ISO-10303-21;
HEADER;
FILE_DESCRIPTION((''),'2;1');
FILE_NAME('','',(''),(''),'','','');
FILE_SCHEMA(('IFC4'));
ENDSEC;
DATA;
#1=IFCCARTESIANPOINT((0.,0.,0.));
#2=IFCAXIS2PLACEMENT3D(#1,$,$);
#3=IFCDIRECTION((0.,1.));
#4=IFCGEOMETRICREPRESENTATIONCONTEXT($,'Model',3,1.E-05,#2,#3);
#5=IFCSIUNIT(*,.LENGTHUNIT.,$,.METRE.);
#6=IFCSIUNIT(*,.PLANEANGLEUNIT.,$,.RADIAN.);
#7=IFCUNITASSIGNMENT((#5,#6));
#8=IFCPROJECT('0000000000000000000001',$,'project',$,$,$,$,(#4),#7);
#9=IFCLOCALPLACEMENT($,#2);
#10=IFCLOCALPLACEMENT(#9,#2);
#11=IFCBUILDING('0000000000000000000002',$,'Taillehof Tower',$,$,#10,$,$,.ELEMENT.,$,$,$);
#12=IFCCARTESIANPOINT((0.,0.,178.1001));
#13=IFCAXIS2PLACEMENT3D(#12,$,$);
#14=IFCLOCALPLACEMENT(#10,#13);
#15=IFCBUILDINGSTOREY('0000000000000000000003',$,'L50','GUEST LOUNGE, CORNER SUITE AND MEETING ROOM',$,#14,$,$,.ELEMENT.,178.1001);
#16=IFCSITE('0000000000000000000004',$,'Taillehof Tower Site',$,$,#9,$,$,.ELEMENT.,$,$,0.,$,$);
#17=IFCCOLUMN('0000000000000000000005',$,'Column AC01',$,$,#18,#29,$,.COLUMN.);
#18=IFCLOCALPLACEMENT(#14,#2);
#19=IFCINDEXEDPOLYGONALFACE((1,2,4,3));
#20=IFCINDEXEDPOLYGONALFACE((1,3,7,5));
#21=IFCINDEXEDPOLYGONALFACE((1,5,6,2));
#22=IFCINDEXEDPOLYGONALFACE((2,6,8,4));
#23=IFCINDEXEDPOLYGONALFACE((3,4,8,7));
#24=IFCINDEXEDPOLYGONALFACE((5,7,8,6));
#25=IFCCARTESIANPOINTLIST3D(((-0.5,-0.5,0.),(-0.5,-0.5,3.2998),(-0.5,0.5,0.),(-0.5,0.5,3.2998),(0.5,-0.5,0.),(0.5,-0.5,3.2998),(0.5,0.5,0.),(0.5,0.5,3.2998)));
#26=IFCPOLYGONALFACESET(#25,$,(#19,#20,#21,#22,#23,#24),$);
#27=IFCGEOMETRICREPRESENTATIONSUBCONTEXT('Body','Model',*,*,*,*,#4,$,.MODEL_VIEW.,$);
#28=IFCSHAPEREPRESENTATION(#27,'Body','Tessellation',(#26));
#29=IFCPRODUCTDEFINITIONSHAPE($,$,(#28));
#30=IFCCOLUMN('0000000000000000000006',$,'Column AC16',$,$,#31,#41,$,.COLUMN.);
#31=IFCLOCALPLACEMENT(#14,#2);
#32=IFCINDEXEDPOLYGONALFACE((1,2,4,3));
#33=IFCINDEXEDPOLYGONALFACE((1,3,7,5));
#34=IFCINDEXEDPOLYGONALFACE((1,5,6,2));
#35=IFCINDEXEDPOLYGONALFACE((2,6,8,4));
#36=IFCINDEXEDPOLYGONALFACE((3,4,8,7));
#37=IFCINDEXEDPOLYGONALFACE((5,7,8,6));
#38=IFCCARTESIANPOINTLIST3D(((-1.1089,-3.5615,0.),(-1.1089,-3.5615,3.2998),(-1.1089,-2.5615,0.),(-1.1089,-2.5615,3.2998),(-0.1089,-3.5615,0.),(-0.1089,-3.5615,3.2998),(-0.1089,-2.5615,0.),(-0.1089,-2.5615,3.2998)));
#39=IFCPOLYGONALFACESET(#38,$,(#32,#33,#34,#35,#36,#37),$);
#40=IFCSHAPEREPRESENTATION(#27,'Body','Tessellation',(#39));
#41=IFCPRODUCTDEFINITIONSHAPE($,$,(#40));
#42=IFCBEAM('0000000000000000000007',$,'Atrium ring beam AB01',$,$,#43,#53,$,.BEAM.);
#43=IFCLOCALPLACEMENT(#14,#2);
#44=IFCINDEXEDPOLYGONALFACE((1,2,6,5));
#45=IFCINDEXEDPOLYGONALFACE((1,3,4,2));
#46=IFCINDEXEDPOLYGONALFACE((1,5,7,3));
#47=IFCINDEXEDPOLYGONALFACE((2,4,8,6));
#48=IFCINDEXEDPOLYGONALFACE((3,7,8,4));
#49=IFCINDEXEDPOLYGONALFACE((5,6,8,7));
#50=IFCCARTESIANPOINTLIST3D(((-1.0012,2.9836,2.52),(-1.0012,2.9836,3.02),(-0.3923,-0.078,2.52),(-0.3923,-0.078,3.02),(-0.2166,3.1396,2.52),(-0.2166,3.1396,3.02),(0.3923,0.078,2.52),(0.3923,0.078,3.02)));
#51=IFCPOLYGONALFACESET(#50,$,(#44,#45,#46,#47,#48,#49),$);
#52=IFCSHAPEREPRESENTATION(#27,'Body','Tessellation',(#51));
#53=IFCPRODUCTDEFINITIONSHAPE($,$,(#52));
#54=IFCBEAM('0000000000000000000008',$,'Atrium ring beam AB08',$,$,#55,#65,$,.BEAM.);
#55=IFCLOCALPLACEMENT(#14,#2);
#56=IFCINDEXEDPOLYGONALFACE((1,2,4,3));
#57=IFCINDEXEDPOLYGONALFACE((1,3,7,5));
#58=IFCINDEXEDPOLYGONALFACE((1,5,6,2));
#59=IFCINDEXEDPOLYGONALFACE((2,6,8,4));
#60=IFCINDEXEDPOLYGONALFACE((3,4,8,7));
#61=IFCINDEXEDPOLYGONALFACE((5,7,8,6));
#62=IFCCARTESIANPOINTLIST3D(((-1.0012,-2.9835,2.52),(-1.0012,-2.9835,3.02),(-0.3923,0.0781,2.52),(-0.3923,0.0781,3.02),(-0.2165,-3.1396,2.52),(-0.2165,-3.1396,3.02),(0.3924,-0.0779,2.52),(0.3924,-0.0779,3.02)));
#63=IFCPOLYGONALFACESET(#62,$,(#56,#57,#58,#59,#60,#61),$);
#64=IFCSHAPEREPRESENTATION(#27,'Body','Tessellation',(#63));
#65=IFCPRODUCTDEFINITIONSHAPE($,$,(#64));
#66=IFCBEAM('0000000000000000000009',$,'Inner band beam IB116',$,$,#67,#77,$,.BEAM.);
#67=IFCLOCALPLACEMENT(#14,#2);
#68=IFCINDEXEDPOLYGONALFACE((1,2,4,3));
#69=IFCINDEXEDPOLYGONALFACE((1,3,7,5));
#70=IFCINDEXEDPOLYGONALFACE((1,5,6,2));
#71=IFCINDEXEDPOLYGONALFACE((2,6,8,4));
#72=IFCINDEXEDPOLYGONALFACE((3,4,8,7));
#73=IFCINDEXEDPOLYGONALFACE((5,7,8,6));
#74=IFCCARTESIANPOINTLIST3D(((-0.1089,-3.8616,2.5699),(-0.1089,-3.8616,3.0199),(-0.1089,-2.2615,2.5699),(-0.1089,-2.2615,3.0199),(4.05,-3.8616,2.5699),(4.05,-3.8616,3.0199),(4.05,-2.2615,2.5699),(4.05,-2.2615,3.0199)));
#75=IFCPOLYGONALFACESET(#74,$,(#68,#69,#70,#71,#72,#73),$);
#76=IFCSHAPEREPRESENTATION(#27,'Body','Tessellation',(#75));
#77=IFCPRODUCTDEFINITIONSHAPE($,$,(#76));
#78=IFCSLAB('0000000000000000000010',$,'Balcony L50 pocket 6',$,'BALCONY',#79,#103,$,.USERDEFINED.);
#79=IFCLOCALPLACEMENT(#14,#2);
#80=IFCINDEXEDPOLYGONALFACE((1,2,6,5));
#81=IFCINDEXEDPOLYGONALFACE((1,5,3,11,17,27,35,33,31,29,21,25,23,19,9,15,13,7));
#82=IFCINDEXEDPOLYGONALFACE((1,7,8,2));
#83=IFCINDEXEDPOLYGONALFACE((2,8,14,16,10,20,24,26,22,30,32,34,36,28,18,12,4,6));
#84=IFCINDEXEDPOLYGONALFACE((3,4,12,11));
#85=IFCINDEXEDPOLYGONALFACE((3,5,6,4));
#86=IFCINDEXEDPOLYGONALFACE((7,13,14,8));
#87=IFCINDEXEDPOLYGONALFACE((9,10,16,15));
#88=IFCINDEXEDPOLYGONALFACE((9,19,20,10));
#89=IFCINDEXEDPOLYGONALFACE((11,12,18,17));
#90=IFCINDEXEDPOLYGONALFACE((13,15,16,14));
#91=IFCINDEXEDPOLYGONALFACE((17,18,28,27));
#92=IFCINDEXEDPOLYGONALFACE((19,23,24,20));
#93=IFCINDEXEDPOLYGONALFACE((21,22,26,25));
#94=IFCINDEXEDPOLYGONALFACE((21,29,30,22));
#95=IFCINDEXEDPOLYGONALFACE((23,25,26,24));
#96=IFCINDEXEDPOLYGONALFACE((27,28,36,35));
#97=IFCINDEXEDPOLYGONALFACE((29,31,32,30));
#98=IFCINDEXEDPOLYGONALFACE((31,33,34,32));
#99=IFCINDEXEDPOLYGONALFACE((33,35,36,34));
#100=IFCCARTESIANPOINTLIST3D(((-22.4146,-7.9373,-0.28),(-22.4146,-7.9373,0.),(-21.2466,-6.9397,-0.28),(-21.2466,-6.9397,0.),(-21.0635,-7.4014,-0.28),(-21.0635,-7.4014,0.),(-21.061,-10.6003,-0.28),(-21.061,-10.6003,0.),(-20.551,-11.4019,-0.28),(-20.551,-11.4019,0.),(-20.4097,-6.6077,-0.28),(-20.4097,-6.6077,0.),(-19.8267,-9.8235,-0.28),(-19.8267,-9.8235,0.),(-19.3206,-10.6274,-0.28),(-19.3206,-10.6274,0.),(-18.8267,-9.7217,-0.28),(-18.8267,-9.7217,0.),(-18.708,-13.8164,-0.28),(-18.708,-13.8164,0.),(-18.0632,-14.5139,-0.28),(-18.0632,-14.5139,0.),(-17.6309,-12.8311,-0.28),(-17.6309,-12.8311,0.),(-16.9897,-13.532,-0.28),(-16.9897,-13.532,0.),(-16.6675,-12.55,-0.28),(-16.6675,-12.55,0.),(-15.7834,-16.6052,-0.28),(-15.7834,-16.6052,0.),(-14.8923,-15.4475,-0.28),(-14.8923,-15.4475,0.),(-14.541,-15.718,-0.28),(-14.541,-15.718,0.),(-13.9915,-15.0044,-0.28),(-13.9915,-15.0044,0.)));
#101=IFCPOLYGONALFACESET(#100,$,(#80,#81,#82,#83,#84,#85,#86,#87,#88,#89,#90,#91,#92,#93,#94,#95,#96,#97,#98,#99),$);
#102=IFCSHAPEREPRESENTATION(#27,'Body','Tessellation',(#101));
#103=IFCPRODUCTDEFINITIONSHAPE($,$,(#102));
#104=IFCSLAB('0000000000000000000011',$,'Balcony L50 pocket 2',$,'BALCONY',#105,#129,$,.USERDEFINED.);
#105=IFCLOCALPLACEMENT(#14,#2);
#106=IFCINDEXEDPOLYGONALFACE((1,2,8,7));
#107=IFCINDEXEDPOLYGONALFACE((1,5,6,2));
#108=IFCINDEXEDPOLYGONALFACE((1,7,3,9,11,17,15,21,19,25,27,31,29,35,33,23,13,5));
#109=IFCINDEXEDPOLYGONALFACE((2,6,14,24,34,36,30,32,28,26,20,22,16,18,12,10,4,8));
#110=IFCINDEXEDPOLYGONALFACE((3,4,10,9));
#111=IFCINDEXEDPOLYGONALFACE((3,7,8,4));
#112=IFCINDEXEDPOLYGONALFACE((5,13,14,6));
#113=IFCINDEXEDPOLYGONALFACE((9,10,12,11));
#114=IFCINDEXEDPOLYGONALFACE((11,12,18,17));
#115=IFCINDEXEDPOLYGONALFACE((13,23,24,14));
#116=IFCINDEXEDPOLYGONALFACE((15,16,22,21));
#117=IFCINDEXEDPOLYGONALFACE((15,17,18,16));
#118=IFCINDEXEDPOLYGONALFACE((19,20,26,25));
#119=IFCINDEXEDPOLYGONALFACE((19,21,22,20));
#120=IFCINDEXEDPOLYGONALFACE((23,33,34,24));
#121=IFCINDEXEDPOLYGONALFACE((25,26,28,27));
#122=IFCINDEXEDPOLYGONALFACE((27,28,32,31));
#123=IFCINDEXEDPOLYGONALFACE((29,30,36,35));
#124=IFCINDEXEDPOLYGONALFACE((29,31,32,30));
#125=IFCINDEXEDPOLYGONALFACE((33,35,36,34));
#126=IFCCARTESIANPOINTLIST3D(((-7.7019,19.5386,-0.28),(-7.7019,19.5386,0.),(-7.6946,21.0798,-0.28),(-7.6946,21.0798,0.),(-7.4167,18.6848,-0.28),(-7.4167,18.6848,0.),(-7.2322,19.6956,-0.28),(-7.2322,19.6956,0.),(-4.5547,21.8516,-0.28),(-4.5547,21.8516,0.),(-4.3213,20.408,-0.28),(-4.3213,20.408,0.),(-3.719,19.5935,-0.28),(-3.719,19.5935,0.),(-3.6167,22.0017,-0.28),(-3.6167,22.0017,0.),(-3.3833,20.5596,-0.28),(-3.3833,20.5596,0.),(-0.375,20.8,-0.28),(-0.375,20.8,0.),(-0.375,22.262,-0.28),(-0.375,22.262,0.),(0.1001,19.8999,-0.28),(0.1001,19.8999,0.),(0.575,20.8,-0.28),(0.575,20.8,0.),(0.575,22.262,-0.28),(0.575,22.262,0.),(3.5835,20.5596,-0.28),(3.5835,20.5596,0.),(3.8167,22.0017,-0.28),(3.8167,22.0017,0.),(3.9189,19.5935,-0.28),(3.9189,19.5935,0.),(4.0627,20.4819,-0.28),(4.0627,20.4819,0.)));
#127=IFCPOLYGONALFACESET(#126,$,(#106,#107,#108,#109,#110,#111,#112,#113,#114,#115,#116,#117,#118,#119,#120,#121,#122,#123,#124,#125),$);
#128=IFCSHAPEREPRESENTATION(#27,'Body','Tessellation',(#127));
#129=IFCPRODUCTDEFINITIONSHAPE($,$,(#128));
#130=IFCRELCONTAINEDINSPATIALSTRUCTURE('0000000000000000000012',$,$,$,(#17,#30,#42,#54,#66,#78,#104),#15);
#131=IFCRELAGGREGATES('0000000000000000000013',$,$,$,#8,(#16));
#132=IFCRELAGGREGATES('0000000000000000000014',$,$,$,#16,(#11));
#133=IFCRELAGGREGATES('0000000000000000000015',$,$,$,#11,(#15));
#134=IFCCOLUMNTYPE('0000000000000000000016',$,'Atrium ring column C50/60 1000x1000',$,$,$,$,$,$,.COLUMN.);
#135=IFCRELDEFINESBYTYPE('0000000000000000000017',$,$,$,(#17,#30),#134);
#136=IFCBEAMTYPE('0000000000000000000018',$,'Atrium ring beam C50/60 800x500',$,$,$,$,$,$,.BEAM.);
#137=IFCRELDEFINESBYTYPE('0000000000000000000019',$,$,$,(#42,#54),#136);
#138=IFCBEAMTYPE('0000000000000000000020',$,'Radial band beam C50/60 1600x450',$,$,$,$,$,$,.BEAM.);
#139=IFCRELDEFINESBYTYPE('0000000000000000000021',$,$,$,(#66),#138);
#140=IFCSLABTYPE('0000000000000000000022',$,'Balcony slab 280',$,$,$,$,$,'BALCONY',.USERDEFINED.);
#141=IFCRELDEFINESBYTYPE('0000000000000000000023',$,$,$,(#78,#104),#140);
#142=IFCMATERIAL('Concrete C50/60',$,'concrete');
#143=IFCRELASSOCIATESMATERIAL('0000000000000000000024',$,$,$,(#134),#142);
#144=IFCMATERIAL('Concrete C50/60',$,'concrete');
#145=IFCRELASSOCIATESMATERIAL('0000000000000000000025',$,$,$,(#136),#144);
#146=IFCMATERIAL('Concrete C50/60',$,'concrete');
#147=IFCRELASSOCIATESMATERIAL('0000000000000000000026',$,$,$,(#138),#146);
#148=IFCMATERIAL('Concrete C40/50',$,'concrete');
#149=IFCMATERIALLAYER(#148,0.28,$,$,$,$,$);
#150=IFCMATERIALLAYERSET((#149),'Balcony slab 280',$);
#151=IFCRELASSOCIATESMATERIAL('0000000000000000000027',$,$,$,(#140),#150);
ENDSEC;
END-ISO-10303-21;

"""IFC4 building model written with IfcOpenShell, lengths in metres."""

from ifc_helpers import new_model, si_unit, direction, frame, origin, origin_2d, place, context, subcontext, project, spatial, polyline, rectangle, outline, extrude, material, layer, layer_set, material_profile, profile_set, type_object, element, save


model = new_model("IFC4")

# Units and contexts
model_context = context("Model", 3, precision=1e-05, world=origin(), true_north=direction((0.0, 1.0)))
body_context = subcontext(model_context, "Body", "Model", "MODEL_VIEW")
ifc_project = project(units=[si_unit("LENGTHUNIT", "METRE"), si_unit("PLANEANGLEUNIT", "RADIAN")], contexts=[model_context])

# Site, building, storey
site_placement = place(None, origin())
site = spatial("IfcSite", under=ifc_project, at=site_placement, Name="Taillehof Tower Site", CompositionType="ELEMENT", RefElevation=0.0)
building_placement = place(site_placement, origin())
building = spatial("IfcBuilding", under=site, at=building_placement, Name="Taillehof Tower", CompositionType="ELEMENT")
storey_placement = place(building_placement, frame((0.0, 0.0, 178.1001)))
storey = spatial("IfcBuildingStorey", under=building, at=storey_placement, Name="L50", Description="GUEST LOUNGE, CORNER SUITE AND MEETING ROOM", CompositionType="ELEMENT", Elevation=178.1001)

# Columns
ifc_material_1 = material(Name="Concrete C50/60", Category="concrete")
ifc_material_profile_1 = material_profile(ifc_material_1, rectangle(XDim=1.0, YDim=1.0, at=origin_2d()), Name="RC 1000x1000")
ifc_profile_set_1 = profile_set([ifc_material_profile_1], Name="Concrete C50/60")
column_type = type_object("IfcColumnType", Name="Atrium ring column C50/60 1000x1000", PredefinedType="COLUMN", material=ifc_profile_set_1)
for number, where, z_axis, x_axis, name in (
    (1, (0.0, 0.0, 0.0), (0.0, 0.0, 1.0), (1.0, 0.0, 0.0), "Column AC01"),
    (2, (-0.6089, -3.0615, 0.0), (0.0, 0.0, 1.0), (1.0, 0.0, 0.0), "Column AC16"),
):
    element("IfcColumn", number, at=place(storey_placement, frame(where, z_axis=z_axis, x_axis=x_axis)), inside=storey, type_object=column_type, Name=name, PredefinedType="COLUMN", context=body_context, shape_type="SweptSolid", body=[
        extrude(rectangle(XDim=1.0, YDim=1.0, at=origin_2d()), origin(), (0.0, 0.0, 1.0), 3.2998),
    ])

# Beams
ifc_material_2 = material(Name="Concrete C50/60", Category="concrete")
ifc_material_profile_2 = material_profile(ifc_material_2, rectangle(XDim=0.8, YDim=0.5, at=origin_2d()), Name="RC 800x500")
ifc_profile_set_2 = profile_set([ifc_material_profile_2], Name="Concrete C50/60")
beam_type_1 = type_object("IfcBeamType", Name="Atrium ring beam C50/60 800x500", PredefinedType="BEAM", material=ifc_profile_set_2)
for number, where, z_axis, x_axis, name in (
    (3, (0.0, 0.0, 2.77), (-0.195063, 0.980791, 0.0), (-0.980791, -0.195063, 0.0), "Atrium ring beam AB01"),
    (4, (-0.6089, -3.0615, 2.77), (0.195063, 0.980791, 0.0), (-0.980791, 0.195063, 0.0), "Atrium ring beam AB08"),
):
    element("IfcBeam", number, at=place(storey_placement, frame(where, z_axis=z_axis, x_axis=x_axis)), inside=storey, type_object=beam_type_1, Name=name, PredefinedType="BEAM", context=body_context, shape_type="SweptSolid", body=[
        extrude(rectangle(XDim=0.8, YDim=0.5, at=origin_2d()), origin(), (0.0, 0.0, 1.0), 3.1216),
    ])
ifc_material_3 = material(Name="Concrete C50/60", Category="concrete")
ifc_material_profile_3 = material_profile(ifc_material_3, rectangle(XDim=1.6001, YDim=0.45, at=origin_2d()), Name="RC 1600x450")
ifc_profile_set_3 = profile_set([ifc_material_profile_3], Name="Concrete C50/60")
beam_type_2 = type_object("IfcBeamType", Name="Radial band beam C50/60 1600x450", PredefinedType="BEAM", material=ifc_profile_set_3)
beam_placement = place(storey_placement, frame((-0.1089, -3.0615, 2.7949), z_axis=(1.0, 0.0, 0.0), x_axis=(0.0, 1.0, 0.0)))
element("IfcBeam", 5, at=beam_placement, inside=storey, type_object=beam_type_2, Name="Inner band beam IB116", PredefinedType="BEAM", context=body_context, shape_type="SweptSolid", body=[
    extrude(rectangle(XDim=1.6001, YDim=0.45, at=origin_2d()), origin(), (0.0, 0.0, 1.0), 4.1589),
])

# Slabs
ifc_material_4 = material(Name="Concrete C40/50", Category="concrete")
ifc_layer_1 = layer(ifc_material_4, 0.28)
ifc_layer_set_1 = layer_set([ifc_layer_1], Name="Balcony slab 280")
slab_type_1 = type_object("IfcSlabType", Name="Balcony slab 280", ElementType="BALCONY", PredefinedType="USERDEFINED", material=ifc_layer_set_1)
slab_1_placement = place(storey_placement, frame((0.0, 0.0, -0.28)))
element("IfcSlab", 6, at=slab_1_placement, inside=storey, type_object=slab_type_1, Name="Balcony L50 pocket 6", ObjectType="BALCONY", PredefinedType="USERDEFINED", context=body_context, shape_type="SweptSolid", body=[
    extrude(outline(polyline([(-13.9915, -15.0044), (-14.541, -15.718), (-14.8923, -15.4475), (-15.7834, -16.6052), (-18.0632, -14.5139), (-16.9897, -13.532), (-17.6309, -12.8311), (-18.708, -13.8164), (-20.551, -11.4019), (-19.3206, -10.6274), (-19.8267, -9.8235), (-21.061, -10.6003), (-22.4146, -7.9373), (-21.0635, -7.4014), (-21.2466, -6.9397), (-20.4097, -6.6077), (-18.8267, -9.7217), (-16.6675, -12.55), (-13.9915, -15.0044)])), origin(), (0.0, 0.0, 1.0), 0.28),
])
slab_2_placement = place(storey_placement, frame((0.0, 0.0, -0.28)))
element("IfcSlab", 7, at=slab_2_placement, inside=storey, type_object=slab_type_1, Name="Balcony L50 pocket 2", ObjectType="BALCONY", PredefinedType="USERDEFINED", context=body_context, shape_type="SweptSolid", body=[
    extrude(outline(polyline([(-7.4167, 18.6848), (-7.7019, 19.5386), (-7.2322, 19.6956), (-7.6946, 21.0798), (-4.5547, 21.8516), (-4.3213, 20.408), (-3.3833, 20.5596), (-3.6167, 22.0017), (-0.375, 22.262), (-0.375, 20.8), (0.575, 20.8), (0.575, 22.262), (3.8167, 22.0017), (3.5835, 20.5596), (4.0627, 20.4819), (3.9189, 19.5935), (0.1001, 19.8999), (-3.719, 19.5935), (-7.4167, 18.6848)])), origin(), (0.0, 0.0, 1.0), 0.28),
])

save(model, "model.ifc")
